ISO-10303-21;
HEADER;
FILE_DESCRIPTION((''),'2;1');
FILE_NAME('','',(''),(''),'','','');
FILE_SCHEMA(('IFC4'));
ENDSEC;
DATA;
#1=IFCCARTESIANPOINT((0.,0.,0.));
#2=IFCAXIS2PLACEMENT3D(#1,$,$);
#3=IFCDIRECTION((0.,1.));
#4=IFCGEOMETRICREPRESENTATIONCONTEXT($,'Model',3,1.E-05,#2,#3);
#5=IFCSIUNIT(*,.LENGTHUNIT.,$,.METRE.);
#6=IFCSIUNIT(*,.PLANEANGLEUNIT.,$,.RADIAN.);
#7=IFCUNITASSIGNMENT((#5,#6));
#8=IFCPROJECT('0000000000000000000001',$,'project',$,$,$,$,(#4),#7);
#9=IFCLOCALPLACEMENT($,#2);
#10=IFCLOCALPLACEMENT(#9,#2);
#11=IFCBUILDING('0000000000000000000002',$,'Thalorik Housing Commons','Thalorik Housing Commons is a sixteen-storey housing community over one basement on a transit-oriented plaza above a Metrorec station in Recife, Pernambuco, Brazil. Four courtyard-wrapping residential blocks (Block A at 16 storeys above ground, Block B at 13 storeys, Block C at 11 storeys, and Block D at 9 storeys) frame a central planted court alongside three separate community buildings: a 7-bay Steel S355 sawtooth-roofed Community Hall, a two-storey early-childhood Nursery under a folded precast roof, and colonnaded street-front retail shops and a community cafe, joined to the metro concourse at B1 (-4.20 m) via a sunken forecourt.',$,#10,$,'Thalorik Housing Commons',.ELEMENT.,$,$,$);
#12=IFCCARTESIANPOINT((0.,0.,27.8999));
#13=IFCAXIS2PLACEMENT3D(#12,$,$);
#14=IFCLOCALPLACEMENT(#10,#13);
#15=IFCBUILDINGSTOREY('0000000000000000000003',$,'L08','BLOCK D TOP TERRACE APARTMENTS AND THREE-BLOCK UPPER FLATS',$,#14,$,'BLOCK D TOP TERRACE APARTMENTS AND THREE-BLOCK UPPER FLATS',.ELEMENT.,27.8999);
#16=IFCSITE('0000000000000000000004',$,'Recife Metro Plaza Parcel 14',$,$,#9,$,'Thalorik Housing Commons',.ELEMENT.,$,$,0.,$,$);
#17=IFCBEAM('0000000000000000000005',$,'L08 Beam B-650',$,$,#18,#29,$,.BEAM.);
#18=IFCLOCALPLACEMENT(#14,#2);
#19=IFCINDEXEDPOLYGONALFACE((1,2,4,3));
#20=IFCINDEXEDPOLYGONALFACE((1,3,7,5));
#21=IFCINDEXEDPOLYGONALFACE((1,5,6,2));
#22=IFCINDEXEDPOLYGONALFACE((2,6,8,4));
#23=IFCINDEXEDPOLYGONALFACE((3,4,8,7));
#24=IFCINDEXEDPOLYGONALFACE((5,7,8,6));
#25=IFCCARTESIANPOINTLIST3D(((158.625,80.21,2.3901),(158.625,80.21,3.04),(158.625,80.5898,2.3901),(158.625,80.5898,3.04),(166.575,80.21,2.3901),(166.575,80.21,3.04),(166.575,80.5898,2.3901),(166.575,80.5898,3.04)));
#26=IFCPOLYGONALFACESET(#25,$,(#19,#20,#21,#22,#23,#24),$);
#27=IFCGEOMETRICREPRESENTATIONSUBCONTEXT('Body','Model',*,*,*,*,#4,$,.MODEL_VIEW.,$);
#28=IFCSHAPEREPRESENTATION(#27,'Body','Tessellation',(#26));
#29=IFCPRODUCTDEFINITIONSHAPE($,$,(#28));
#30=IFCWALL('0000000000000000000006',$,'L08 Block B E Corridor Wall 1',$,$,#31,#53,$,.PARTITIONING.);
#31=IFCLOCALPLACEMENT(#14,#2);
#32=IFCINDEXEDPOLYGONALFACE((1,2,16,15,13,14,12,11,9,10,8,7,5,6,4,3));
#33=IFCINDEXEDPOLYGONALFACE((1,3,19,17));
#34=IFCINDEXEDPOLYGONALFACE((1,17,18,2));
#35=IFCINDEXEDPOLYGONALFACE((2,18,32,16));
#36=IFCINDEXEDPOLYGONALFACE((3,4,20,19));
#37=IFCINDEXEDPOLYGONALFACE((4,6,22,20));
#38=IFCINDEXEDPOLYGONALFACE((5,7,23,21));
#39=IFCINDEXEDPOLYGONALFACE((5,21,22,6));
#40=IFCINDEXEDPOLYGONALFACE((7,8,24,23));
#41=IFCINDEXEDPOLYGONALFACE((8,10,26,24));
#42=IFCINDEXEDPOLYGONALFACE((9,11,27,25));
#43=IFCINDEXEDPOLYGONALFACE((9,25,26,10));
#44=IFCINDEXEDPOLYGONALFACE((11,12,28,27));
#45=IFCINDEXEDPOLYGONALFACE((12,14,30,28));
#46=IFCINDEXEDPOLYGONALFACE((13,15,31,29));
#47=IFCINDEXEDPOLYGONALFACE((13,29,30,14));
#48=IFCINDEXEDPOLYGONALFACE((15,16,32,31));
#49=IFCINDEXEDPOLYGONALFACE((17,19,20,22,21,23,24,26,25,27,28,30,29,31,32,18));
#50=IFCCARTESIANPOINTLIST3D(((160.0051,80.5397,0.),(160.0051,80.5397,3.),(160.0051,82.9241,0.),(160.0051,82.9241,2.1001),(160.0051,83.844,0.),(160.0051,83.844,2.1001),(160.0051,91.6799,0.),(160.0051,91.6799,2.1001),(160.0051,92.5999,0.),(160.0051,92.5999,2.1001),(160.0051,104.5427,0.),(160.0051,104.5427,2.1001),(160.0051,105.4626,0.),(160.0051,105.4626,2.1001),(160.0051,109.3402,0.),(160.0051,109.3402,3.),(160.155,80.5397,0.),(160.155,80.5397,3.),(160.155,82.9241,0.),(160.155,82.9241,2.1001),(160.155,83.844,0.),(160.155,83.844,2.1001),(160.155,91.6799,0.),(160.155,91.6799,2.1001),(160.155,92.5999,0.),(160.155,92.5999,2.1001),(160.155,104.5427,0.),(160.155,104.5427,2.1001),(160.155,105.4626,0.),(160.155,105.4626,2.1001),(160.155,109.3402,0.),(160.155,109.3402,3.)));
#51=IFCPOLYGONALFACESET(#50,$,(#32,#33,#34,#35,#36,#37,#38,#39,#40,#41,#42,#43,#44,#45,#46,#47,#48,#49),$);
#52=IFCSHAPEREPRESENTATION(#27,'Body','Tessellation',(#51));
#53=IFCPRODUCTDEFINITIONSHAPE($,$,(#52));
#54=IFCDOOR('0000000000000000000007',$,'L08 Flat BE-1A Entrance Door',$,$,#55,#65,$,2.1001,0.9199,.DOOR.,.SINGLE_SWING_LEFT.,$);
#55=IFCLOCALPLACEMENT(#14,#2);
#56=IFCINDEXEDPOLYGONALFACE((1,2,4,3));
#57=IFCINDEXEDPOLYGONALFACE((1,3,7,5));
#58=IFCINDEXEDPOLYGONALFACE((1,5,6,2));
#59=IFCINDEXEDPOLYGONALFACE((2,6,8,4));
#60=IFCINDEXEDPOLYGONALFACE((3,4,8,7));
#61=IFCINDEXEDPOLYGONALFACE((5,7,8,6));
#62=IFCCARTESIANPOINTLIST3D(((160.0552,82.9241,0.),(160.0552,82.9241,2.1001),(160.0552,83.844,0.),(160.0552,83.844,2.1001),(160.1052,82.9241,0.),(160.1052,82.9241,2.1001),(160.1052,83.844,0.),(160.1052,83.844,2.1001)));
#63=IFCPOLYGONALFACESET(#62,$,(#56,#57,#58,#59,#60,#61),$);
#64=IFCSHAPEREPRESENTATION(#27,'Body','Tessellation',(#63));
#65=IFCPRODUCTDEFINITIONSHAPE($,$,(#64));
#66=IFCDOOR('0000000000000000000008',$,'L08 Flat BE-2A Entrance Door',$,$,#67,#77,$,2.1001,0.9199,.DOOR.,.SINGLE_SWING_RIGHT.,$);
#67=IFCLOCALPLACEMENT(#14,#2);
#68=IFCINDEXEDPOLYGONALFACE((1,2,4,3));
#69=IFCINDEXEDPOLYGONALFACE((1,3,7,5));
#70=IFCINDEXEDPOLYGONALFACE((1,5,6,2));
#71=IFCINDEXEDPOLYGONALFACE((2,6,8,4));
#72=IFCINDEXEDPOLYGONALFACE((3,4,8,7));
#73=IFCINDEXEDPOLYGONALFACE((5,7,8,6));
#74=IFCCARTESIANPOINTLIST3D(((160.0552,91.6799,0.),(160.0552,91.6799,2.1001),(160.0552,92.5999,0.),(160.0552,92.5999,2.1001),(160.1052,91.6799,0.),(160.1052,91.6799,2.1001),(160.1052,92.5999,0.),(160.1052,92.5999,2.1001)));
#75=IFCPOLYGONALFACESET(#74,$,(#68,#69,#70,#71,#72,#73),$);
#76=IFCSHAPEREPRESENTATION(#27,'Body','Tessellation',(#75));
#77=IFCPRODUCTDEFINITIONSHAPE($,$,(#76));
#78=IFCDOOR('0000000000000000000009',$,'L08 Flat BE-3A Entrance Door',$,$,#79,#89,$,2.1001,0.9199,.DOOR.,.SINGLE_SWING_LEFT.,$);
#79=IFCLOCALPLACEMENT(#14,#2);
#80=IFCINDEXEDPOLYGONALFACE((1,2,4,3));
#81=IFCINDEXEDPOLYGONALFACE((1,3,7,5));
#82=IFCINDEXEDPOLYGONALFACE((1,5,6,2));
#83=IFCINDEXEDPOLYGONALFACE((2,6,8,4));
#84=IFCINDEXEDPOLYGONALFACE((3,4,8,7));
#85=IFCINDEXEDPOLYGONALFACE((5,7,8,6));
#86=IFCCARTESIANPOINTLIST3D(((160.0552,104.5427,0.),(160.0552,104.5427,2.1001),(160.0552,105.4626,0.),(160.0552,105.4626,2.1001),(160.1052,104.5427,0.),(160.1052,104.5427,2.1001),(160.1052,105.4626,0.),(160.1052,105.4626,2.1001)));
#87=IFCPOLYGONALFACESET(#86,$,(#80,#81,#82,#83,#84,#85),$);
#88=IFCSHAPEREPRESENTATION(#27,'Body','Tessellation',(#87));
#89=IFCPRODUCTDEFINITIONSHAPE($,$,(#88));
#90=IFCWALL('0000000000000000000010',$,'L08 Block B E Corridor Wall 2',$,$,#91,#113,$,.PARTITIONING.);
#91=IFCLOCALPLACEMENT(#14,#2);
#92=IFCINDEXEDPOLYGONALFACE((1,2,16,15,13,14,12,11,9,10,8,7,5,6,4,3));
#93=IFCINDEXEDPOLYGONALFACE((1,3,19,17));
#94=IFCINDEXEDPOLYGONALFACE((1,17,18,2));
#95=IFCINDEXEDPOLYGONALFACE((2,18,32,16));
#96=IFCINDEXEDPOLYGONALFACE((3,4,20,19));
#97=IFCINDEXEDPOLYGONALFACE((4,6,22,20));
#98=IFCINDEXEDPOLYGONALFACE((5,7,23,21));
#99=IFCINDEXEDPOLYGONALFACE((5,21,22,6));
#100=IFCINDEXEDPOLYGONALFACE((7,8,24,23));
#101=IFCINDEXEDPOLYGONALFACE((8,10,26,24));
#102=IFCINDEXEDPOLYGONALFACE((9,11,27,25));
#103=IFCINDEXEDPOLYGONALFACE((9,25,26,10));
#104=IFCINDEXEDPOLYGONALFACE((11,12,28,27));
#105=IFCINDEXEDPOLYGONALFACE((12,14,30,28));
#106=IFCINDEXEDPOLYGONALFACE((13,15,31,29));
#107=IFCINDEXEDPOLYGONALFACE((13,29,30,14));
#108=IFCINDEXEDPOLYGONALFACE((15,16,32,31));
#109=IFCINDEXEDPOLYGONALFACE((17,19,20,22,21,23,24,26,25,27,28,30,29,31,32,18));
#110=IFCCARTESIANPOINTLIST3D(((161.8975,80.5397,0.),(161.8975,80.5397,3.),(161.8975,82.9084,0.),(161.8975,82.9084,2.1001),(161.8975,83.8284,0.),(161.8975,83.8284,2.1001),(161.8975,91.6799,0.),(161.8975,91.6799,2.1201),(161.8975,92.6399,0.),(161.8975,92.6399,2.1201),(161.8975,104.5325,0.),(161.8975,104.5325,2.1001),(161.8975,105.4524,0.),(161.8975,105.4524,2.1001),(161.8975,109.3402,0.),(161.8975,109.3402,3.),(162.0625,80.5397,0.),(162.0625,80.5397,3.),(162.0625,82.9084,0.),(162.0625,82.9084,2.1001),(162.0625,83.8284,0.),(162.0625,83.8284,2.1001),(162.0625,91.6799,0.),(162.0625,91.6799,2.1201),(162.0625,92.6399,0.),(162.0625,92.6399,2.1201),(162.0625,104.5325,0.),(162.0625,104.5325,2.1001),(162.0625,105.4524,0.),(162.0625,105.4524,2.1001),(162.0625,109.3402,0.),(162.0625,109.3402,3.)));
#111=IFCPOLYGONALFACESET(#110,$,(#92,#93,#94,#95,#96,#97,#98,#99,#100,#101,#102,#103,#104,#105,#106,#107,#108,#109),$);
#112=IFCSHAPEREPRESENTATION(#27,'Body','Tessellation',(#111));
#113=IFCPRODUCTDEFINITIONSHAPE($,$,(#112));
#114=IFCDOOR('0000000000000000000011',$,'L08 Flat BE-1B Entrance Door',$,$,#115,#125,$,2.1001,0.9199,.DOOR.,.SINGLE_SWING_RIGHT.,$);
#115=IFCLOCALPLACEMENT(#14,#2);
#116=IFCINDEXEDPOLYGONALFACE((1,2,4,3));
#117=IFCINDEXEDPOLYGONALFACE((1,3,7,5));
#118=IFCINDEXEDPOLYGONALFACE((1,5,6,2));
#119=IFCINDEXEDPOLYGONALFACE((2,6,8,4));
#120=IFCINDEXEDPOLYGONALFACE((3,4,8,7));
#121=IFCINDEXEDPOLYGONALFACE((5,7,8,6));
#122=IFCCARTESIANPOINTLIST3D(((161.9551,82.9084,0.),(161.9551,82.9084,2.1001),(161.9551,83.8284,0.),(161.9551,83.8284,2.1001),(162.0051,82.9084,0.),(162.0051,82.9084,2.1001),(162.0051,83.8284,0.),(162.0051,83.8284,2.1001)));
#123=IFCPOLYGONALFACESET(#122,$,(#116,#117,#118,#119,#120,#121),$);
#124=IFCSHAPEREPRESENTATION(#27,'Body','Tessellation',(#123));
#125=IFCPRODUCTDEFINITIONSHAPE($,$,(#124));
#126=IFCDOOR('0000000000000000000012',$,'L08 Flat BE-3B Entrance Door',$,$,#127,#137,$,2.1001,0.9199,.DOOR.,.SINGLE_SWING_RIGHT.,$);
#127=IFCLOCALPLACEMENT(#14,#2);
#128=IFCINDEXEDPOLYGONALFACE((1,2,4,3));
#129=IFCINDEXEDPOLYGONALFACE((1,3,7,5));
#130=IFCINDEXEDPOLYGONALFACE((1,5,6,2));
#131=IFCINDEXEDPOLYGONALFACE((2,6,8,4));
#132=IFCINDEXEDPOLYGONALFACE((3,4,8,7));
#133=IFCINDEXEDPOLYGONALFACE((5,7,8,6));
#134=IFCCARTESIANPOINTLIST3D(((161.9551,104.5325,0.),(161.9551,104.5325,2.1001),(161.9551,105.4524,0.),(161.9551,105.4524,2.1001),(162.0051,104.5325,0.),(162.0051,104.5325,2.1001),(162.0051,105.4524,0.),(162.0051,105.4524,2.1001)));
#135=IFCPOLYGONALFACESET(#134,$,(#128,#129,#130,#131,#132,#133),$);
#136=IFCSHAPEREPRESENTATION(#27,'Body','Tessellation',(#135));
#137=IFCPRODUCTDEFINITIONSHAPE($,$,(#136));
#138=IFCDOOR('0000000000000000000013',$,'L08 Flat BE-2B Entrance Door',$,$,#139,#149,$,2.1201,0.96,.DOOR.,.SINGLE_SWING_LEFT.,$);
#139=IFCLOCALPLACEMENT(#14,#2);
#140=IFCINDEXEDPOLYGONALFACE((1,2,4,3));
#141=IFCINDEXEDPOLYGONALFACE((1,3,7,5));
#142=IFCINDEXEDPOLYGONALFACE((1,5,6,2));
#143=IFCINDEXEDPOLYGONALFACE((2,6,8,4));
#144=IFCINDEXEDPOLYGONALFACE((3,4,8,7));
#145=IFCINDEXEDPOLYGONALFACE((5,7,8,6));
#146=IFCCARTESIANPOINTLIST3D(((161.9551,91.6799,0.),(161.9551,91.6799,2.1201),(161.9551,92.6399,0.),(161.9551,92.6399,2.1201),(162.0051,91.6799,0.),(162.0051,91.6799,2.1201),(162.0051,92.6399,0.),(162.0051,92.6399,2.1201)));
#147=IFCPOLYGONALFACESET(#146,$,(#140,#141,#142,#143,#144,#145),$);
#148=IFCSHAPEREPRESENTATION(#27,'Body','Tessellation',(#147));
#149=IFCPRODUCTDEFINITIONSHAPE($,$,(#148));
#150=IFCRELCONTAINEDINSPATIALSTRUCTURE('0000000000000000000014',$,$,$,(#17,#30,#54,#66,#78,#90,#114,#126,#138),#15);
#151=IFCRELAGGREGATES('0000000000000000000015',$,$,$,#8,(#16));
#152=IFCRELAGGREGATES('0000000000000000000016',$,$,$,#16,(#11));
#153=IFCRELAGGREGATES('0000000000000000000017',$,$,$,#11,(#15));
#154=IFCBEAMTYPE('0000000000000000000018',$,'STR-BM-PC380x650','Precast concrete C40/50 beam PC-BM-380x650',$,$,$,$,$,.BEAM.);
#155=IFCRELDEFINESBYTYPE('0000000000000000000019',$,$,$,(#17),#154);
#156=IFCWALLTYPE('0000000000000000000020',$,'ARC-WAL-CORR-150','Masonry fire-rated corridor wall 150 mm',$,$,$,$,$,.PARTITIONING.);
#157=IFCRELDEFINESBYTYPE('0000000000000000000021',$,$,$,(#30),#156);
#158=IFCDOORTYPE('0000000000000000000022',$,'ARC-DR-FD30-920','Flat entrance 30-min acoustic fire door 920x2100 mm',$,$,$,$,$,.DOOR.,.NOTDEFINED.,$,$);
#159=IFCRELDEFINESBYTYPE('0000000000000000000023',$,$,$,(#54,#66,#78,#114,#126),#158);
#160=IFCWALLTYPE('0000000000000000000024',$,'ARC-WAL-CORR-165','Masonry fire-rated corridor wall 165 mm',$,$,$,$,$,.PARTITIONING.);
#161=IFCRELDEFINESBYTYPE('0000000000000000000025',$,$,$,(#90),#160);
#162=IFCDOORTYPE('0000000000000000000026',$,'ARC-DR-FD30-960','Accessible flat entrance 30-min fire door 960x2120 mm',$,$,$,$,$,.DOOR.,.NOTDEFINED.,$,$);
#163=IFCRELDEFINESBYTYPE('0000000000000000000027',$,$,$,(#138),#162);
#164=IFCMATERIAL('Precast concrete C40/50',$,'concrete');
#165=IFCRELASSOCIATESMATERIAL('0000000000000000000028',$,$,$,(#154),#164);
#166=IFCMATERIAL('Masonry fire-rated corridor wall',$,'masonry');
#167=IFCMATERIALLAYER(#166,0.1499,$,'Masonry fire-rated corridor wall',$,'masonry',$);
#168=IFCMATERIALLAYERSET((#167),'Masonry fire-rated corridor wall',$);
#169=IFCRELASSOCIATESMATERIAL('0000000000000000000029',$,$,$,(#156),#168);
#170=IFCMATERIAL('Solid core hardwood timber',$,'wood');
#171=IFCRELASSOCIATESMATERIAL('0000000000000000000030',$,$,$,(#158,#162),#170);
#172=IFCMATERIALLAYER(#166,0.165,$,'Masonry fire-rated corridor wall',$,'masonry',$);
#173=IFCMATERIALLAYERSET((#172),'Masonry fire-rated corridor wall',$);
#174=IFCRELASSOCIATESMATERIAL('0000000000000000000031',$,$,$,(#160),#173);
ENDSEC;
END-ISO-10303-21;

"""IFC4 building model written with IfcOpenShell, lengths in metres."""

from ifc_helpers import new_model, si_unit, direction, frame, frame_2d, origin, origin_2d, place, context, subcontext, project, spatial, rectangle, extrude, material, layer, layer_set, material_profile, profile_set, type_object, element, fill, save


model = new_model("IFC4")

# Units and contexts
model_context = context("Model", 3, precision=1e-05, world=origin(), true_north=direction((0.0, 1.0)))
body_context = subcontext(model_context, "Body", "Model", "MODEL_VIEW")
ifc_project = project(units=[si_unit("LENGTHUNIT", "METRE"), si_unit("PLANEANGLEUNIT", "RADIAN")], contexts=[model_context])

# Site, building, storey
site_placement = place(None, origin())
site = spatial("IfcSite", under=ifc_project, at=site_placement, Name="Recife Metro Plaza Parcel 14", LongName="Thalorik Housing Commons", CompositionType="ELEMENT", RefElevation=0.0)
building_placement = place(site_placement, origin())
building = spatial("IfcBuilding", under=site, at=building_placement, Name="Thalorik Housing Commons", Description="Thalorik Housing Commons is a sixteen-storey housing community over one basement on a transit-oriented plaza above a Metrorec station in Recife, Pernambuco, Brazil. Four courtyard-wrapping residential blocks (Block A at 16 storeys above ground, Block B at 13 storeys, Block C at 11 storeys, and Block D at 9 storeys) frame a central planted court alongside three separate community buildings: a 7-bay Steel S355 sawtooth-roofed Community Hall, a two-storey early-childhood Nursery under a folded precast roof, and colonnaded street-front retail shops and a community cafe, joined to the metro concourse at B1 (-4.20 m) via a sunken forecourt.", LongName="Thalorik Housing Commons", CompositionType="ELEMENT")
storey_placement = place(building_placement, frame((0.0, 0.0, 27.8999)))
storey = spatial("IfcBuildingStorey", under=building, at=storey_placement, Name="L08", Description="BLOCK D TOP TERRACE APARTMENTS AND THREE-BLOCK UPPER FLATS", LongName="BLOCK D TOP TERRACE APARTMENTS AND THREE-BLOCK UPPER FLATS", CompositionType="ELEMENT", Elevation=27.8999)

# Beam
ifc_material_1 = material(Name="Precast concrete C40/50", Category="concrete")
ifc_material_profile = material_profile(ifc_material_1, rectangle(XDim=0.3799, YDim=0.6499, at=origin_2d()), Name="PC 380x650", Category="concrete")
ifc_profile_set = profile_set([ifc_material_profile], Name="Precast concrete C40/50")
beam_type = type_object("IfcBeamType", Name="STR-BM-PC380x650", Description="Precast concrete C40/50 beam PC-BM-380x650", PredefinedType="BEAM", material=ifc_profile_set)
beam_placement = place(storey_placement, frame((158.625, 80.3999, 2.7151), z_axis=(1.0, 0.0, 0.0), x_axis=(0.0, 1.0, 0.0)))
element("IfcBeam", 1, at=beam_placement, inside=storey, type_object=beam_type, Name="L08 Beam B-650", PredefinedType="BEAM", context=body_context, shape_type="SweptSolid", body=[
    extrude(rectangle(XDim=0.3799, YDim=0.6499, at=origin_2d()), origin(), (0.0, 0.0, 1.0), 7.95),
])

# Walls, openings, doors
ifc_material_2 = material(Name="Masonry fire-rated corridor wall", Category="masonry")
ifc_layer_1 = layer(ifc_material_2, 0.1499, Name="Masonry fire-rated corridor wall", Category="masonry")
ifc_layer_set_1 = layer_set([ifc_layer_1], Name="Masonry fire-rated corridor wall")
wall_type_1 = type_object("IfcWallType", Name="ARC-WAL-CORR-150", Description="Masonry fire-rated corridor wall 150 mm", PredefinedType="PARTITIONING", material=ifc_layer_set_1)
wall_1_placement = place(storey_placement, frame((160.0801, 80.5396, 0.0), z_axis=(0.0, 0.0, 1.0), x_axis=(0.0, 1.0, 0.0)))
wall_1 = element("IfcWall", 2, at=wall_1_placement, inside=storey, type_object=wall_type_1, Name="L08 Block B E Corridor Wall 1", PredefinedType="PARTITIONING", context=body_context, shape_type="SweptSolid", body=[
    extrude(rectangle(XDim=28.8005, YDim=0.1499, at=frame_2d((14.4004, 0.0))), origin(), (0.0, 0.0, 1.0), 3.0),
])
opening_1_placement = place(wall_1_placement, frame((2.3845, 0.0, 0.0)))
opening_1 = element("IfcOpeningElement", 3, at=opening_1_placement, cuts=wall_1, PredefinedType="OPENING", context=body_context, shape_type="SweptSolid", body=[
    extrude(rectangle(XDim=0.9199, YDim=2.1001, at=frame_2d((0.46, 1.05))), frame((0.0, 0.085, 0.0), z_axis=(0.0, -1.0, 0.0), x_axis=(1.0, 0.0, 0.0)), (0.0, 0.0, 1.0), 0.1699),
])
opening_2_placement = place(wall_1_placement, frame((11.1404, 0.0, 0.0)))
opening_2 = element("IfcOpeningElement", 4, at=opening_2_placement, cuts=wall_1, PredefinedType="OPENING", context=body_context, shape_type="SweptSolid", body=[
    extrude(rectangle(XDim=0.9199, YDim=2.1001, at=frame_2d((0.46, 1.05))), frame((0.0, 0.085, 0.0), z_axis=(0.0, -1.0, 0.0), x_axis=(1.0, 0.0, 0.0)), (0.0, 0.0, 1.0), 0.1699),
])
opening_3_placement = place(wall_1_placement, frame((24.0032, 0.0, 0.0)))
opening_3 = element("IfcOpeningElement", 5, at=opening_3_placement, cuts=wall_1, PredefinedType="OPENING", context=body_context, shape_type="SweptSolid", body=[
    extrude(rectangle(XDim=0.9199, YDim=2.1001, at=frame_2d((0.46, 1.05))), frame((0.0, 0.085, 0.0), z_axis=(0.0, -1.0, 0.0), x_axis=(1.0, 0.0, 0.0)), (0.0, 0.0, 1.0), 0.1699),
])
ifc_material_3 = material(Name="Solid core hardwood timber", Category="wood")
door_type_1 = type_object("IfcDoorType", Name="ARC-DR-FD30-920", Description="Flat entrance 30-min acoustic fire door 920x2100 mm", OperationType="NOTDEFINED", PredefinedType="DOOR", material=ifc_material_3)
door_1_placement = place(opening_1_placement, origin())
door_1 = element("IfcDoor", 6, at=door_1_placement, inside=storey, type_object=door_type_1, Name="L08 Flat BE-1A Entrance Door", OperationType="SINGLE_SWING_LEFT", OverallHeight=2.1001, OverallWidth=0.9199, PredefinedType="DOOR", context=body_context, shape_type="SweptSolid", body=[
    extrude(rectangle(XDim=0.9199, YDim=2.1001, at=frame_2d((0.46, 1.05))), frame((0.0, 0.0249, 0.0), z_axis=(0.0, -1.0, 0.0), x_axis=(1.0, 0.0, 0.0)), (0.0, 0.0, 1.0), 0.05),
])
fill(opening_1, door_1)
door_2_placement = place(opening_2_placement, origin())
door_2 = element("IfcDoor", 7, at=door_2_placement, inside=storey, type_object=door_type_1, Name="L08 Flat BE-2A Entrance Door", OperationType="SINGLE_SWING_RIGHT", OverallHeight=2.1001, OverallWidth=0.9199, PredefinedType="DOOR", context=body_context, shape_type="SweptSolid", body=[
    extrude(rectangle(XDim=0.9199, YDim=2.1001, at=frame_2d((0.46, 1.05))), frame((0.0, 0.0249, 0.0), z_axis=(0.0, -1.0, 0.0), x_axis=(1.0, 0.0, 0.0)), (0.0, 0.0, 1.0), 0.05),
])
fill(opening_2, door_2)
door_3_placement = place(opening_3_placement, origin())
door_3 = element("IfcDoor", 8, at=door_3_placement, inside=storey, type_object=door_type_1, Name="L08 Flat BE-3A Entrance Door", OperationType="SINGLE_SWING_LEFT", OverallHeight=2.1001, OverallWidth=0.9199, PredefinedType="DOOR", context=body_context, shape_type="SweptSolid", body=[
    extrude(rectangle(XDim=0.9199, YDim=2.1001, at=frame_2d((0.46, 1.05))), frame((0.0, 0.0249, 0.0), z_axis=(0.0, -1.0, 0.0), x_axis=(1.0, 0.0, 0.0)), (0.0, 0.0, 1.0), 0.05),
])
fill(opening_3, door_3)
ifc_layer_2 = layer(ifc_material_2, 0.165, Name="Masonry fire-rated corridor wall", Category="masonry")
ifc_layer_set_2 = layer_set([ifc_layer_2], Name="Masonry fire-rated corridor wall")
wall_type_2 = type_object("IfcWallType", Name="ARC-WAL-CORR-165", Description="Masonry fire-rated corridor wall 165 mm", PredefinedType="PARTITIONING", material=ifc_layer_set_2)
wall_2_placement = place(storey_placement, frame((161.98, 80.5396, 0.0), z_axis=(0.0, 0.0, 1.0), x_axis=(0.0, 1.0, 0.0)))
wall_2 = element("IfcWall", 9, at=wall_2_placement, inside=storey, type_object=wall_type_2, Name="L08 Block B E Corridor Wall 2", PredefinedType="PARTITIONING", context=body_context, shape_type="SweptSolid", body=[
    extrude(rectangle(XDim=28.8005, YDim=0.165, at=frame_2d((14.4004, 0.0))), origin(), (0.0, 0.0, 1.0), 3.0),
])
opening_4_placement = place(wall_2_placement, frame((2.3689, 0.0, 0.0)))
opening_4 = element("IfcOpeningElement", 10, at=opening_4_placement, cuts=wall_2, PredefinedType="OPENING", context=body_context, shape_type="SweptSolid", body=[
    extrude(rectangle(XDim=0.9199, YDim=2.1001, at=frame_2d((0.46, 1.05))), frame((0.0, 0.0925, 0.0), z_axis=(0.0, -1.0, 0.0), x_axis=(1.0, 0.0, 0.0)), (0.0, 0.0, 1.0), 0.1851),
])
opening_5_placement = place(wall_2_placement, frame((11.1404, 0.0, 0.0)))
opening_5 = element("IfcOpeningElement", 11, at=opening_5_placement, cuts=wall_2, PredefinedType="OPENING", context=body_context, shape_type="SweptSolid", body=[
    extrude(rectangle(XDim=0.96, YDim=2.1201, at=frame_2d((0.48, 1.0601))), frame((0.0, 0.0925, 0.0), z_axis=(0.0, -1.0, 0.0), x_axis=(1.0, 0.0, 0.0)), (0.0, 0.0, 1.0), 0.1851),
])
opening_6_placement = place(wall_2_placement, frame((23.9929, 0.0, 0.0)))
opening_6 = element("IfcOpeningElement", 12, at=opening_6_placement, cuts=wall_2, PredefinedType="OPENING", context=body_context, shape_type="SweptSolid", body=[
    extrude(rectangle(XDim=0.9199, YDim=2.1001, at=frame_2d((0.46, 1.05))), frame((0.0, 0.0925, 0.0), z_axis=(0.0, -1.0, 0.0), x_axis=(1.0, 0.0, 0.0)), (0.0, 0.0, 1.0), 0.1851),
])
door_4_placement = place(opening_4_placement, origin())
door_4 = element("IfcDoor", 13, at=door_4_placement, inside=storey, type_object=door_type_1, Name="L08 Flat BE-1B Entrance Door", OperationType="SINGLE_SWING_RIGHT", OverallHeight=2.1001, OverallWidth=0.9199, PredefinedType="DOOR", context=body_context, shape_type="SweptSolid", body=[
    extrude(rectangle(XDim=0.9199, YDim=2.1001, at=frame_2d((0.46, 1.05))), frame((0.0, 0.0249, 0.0), z_axis=(0.0, -1.0, 0.0), x_axis=(1.0, 0.0, 0.0)), (0.0, 0.0, 1.0), 0.05),
])
fill(opening_4, door_4)
door_5_placement = place(opening_6_placement, origin())
door_5 = element("IfcDoor", 14, at=door_5_placement, inside=storey, type_object=door_type_1, Name="L08 Flat BE-3B Entrance Door", OperationType="SINGLE_SWING_RIGHT", OverallHeight=2.1001, OverallWidth=0.9199, PredefinedType="DOOR", context=body_context, shape_type="SweptSolid", body=[
    extrude(rectangle(XDim=0.9199, YDim=2.1001, at=frame_2d((0.46, 1.05))), frame((0.0, 0.0249, 0.0), z_axis=(0.0, -1.0, 0.0), x_axis=(1.0, 0.0, 0.0)), (0.0, 0.0, 1.0), 0.05),
])
fill(opening_6, door_5)
door_type_2 = type_object("IfcDoorType", Name="ARC-DR-FD30-960", Description="Accessible flat entrance 30-min fire door 960x2120 mm", OperationType="NOTDEFINED", PredefinedType="DOOR", material=ifc_material_3)
door_6_placement = place(opening_5_placement, origin())
door_6 = element("IfcDoor", 15, at=door_6_placement, inside=storey, type_object=door_type_2, Name="L08 Flat BE-2B Entrance Door", OperationType="SINGLE_SWING_LEFT", OverallHeight=2.1201, OverallWidth=0.96, PredefinedType="DOOR", context=body_context, shape_type="SweptSolid", body=[
    extrude(rectangle(XDim=0.96, YDim=2.1201, at=frame_2d((0.48, 1.0601))), frame((0.0, 0.0249, 0.0), z_axis=(0.0, -1.0, 0.0), x_axis=(1.0, 0.0, 0.0)), (0.0, 0.0, 1.0), 0.05),
])
fill(opening_5, door_6)

save(model, "model.ifc")
